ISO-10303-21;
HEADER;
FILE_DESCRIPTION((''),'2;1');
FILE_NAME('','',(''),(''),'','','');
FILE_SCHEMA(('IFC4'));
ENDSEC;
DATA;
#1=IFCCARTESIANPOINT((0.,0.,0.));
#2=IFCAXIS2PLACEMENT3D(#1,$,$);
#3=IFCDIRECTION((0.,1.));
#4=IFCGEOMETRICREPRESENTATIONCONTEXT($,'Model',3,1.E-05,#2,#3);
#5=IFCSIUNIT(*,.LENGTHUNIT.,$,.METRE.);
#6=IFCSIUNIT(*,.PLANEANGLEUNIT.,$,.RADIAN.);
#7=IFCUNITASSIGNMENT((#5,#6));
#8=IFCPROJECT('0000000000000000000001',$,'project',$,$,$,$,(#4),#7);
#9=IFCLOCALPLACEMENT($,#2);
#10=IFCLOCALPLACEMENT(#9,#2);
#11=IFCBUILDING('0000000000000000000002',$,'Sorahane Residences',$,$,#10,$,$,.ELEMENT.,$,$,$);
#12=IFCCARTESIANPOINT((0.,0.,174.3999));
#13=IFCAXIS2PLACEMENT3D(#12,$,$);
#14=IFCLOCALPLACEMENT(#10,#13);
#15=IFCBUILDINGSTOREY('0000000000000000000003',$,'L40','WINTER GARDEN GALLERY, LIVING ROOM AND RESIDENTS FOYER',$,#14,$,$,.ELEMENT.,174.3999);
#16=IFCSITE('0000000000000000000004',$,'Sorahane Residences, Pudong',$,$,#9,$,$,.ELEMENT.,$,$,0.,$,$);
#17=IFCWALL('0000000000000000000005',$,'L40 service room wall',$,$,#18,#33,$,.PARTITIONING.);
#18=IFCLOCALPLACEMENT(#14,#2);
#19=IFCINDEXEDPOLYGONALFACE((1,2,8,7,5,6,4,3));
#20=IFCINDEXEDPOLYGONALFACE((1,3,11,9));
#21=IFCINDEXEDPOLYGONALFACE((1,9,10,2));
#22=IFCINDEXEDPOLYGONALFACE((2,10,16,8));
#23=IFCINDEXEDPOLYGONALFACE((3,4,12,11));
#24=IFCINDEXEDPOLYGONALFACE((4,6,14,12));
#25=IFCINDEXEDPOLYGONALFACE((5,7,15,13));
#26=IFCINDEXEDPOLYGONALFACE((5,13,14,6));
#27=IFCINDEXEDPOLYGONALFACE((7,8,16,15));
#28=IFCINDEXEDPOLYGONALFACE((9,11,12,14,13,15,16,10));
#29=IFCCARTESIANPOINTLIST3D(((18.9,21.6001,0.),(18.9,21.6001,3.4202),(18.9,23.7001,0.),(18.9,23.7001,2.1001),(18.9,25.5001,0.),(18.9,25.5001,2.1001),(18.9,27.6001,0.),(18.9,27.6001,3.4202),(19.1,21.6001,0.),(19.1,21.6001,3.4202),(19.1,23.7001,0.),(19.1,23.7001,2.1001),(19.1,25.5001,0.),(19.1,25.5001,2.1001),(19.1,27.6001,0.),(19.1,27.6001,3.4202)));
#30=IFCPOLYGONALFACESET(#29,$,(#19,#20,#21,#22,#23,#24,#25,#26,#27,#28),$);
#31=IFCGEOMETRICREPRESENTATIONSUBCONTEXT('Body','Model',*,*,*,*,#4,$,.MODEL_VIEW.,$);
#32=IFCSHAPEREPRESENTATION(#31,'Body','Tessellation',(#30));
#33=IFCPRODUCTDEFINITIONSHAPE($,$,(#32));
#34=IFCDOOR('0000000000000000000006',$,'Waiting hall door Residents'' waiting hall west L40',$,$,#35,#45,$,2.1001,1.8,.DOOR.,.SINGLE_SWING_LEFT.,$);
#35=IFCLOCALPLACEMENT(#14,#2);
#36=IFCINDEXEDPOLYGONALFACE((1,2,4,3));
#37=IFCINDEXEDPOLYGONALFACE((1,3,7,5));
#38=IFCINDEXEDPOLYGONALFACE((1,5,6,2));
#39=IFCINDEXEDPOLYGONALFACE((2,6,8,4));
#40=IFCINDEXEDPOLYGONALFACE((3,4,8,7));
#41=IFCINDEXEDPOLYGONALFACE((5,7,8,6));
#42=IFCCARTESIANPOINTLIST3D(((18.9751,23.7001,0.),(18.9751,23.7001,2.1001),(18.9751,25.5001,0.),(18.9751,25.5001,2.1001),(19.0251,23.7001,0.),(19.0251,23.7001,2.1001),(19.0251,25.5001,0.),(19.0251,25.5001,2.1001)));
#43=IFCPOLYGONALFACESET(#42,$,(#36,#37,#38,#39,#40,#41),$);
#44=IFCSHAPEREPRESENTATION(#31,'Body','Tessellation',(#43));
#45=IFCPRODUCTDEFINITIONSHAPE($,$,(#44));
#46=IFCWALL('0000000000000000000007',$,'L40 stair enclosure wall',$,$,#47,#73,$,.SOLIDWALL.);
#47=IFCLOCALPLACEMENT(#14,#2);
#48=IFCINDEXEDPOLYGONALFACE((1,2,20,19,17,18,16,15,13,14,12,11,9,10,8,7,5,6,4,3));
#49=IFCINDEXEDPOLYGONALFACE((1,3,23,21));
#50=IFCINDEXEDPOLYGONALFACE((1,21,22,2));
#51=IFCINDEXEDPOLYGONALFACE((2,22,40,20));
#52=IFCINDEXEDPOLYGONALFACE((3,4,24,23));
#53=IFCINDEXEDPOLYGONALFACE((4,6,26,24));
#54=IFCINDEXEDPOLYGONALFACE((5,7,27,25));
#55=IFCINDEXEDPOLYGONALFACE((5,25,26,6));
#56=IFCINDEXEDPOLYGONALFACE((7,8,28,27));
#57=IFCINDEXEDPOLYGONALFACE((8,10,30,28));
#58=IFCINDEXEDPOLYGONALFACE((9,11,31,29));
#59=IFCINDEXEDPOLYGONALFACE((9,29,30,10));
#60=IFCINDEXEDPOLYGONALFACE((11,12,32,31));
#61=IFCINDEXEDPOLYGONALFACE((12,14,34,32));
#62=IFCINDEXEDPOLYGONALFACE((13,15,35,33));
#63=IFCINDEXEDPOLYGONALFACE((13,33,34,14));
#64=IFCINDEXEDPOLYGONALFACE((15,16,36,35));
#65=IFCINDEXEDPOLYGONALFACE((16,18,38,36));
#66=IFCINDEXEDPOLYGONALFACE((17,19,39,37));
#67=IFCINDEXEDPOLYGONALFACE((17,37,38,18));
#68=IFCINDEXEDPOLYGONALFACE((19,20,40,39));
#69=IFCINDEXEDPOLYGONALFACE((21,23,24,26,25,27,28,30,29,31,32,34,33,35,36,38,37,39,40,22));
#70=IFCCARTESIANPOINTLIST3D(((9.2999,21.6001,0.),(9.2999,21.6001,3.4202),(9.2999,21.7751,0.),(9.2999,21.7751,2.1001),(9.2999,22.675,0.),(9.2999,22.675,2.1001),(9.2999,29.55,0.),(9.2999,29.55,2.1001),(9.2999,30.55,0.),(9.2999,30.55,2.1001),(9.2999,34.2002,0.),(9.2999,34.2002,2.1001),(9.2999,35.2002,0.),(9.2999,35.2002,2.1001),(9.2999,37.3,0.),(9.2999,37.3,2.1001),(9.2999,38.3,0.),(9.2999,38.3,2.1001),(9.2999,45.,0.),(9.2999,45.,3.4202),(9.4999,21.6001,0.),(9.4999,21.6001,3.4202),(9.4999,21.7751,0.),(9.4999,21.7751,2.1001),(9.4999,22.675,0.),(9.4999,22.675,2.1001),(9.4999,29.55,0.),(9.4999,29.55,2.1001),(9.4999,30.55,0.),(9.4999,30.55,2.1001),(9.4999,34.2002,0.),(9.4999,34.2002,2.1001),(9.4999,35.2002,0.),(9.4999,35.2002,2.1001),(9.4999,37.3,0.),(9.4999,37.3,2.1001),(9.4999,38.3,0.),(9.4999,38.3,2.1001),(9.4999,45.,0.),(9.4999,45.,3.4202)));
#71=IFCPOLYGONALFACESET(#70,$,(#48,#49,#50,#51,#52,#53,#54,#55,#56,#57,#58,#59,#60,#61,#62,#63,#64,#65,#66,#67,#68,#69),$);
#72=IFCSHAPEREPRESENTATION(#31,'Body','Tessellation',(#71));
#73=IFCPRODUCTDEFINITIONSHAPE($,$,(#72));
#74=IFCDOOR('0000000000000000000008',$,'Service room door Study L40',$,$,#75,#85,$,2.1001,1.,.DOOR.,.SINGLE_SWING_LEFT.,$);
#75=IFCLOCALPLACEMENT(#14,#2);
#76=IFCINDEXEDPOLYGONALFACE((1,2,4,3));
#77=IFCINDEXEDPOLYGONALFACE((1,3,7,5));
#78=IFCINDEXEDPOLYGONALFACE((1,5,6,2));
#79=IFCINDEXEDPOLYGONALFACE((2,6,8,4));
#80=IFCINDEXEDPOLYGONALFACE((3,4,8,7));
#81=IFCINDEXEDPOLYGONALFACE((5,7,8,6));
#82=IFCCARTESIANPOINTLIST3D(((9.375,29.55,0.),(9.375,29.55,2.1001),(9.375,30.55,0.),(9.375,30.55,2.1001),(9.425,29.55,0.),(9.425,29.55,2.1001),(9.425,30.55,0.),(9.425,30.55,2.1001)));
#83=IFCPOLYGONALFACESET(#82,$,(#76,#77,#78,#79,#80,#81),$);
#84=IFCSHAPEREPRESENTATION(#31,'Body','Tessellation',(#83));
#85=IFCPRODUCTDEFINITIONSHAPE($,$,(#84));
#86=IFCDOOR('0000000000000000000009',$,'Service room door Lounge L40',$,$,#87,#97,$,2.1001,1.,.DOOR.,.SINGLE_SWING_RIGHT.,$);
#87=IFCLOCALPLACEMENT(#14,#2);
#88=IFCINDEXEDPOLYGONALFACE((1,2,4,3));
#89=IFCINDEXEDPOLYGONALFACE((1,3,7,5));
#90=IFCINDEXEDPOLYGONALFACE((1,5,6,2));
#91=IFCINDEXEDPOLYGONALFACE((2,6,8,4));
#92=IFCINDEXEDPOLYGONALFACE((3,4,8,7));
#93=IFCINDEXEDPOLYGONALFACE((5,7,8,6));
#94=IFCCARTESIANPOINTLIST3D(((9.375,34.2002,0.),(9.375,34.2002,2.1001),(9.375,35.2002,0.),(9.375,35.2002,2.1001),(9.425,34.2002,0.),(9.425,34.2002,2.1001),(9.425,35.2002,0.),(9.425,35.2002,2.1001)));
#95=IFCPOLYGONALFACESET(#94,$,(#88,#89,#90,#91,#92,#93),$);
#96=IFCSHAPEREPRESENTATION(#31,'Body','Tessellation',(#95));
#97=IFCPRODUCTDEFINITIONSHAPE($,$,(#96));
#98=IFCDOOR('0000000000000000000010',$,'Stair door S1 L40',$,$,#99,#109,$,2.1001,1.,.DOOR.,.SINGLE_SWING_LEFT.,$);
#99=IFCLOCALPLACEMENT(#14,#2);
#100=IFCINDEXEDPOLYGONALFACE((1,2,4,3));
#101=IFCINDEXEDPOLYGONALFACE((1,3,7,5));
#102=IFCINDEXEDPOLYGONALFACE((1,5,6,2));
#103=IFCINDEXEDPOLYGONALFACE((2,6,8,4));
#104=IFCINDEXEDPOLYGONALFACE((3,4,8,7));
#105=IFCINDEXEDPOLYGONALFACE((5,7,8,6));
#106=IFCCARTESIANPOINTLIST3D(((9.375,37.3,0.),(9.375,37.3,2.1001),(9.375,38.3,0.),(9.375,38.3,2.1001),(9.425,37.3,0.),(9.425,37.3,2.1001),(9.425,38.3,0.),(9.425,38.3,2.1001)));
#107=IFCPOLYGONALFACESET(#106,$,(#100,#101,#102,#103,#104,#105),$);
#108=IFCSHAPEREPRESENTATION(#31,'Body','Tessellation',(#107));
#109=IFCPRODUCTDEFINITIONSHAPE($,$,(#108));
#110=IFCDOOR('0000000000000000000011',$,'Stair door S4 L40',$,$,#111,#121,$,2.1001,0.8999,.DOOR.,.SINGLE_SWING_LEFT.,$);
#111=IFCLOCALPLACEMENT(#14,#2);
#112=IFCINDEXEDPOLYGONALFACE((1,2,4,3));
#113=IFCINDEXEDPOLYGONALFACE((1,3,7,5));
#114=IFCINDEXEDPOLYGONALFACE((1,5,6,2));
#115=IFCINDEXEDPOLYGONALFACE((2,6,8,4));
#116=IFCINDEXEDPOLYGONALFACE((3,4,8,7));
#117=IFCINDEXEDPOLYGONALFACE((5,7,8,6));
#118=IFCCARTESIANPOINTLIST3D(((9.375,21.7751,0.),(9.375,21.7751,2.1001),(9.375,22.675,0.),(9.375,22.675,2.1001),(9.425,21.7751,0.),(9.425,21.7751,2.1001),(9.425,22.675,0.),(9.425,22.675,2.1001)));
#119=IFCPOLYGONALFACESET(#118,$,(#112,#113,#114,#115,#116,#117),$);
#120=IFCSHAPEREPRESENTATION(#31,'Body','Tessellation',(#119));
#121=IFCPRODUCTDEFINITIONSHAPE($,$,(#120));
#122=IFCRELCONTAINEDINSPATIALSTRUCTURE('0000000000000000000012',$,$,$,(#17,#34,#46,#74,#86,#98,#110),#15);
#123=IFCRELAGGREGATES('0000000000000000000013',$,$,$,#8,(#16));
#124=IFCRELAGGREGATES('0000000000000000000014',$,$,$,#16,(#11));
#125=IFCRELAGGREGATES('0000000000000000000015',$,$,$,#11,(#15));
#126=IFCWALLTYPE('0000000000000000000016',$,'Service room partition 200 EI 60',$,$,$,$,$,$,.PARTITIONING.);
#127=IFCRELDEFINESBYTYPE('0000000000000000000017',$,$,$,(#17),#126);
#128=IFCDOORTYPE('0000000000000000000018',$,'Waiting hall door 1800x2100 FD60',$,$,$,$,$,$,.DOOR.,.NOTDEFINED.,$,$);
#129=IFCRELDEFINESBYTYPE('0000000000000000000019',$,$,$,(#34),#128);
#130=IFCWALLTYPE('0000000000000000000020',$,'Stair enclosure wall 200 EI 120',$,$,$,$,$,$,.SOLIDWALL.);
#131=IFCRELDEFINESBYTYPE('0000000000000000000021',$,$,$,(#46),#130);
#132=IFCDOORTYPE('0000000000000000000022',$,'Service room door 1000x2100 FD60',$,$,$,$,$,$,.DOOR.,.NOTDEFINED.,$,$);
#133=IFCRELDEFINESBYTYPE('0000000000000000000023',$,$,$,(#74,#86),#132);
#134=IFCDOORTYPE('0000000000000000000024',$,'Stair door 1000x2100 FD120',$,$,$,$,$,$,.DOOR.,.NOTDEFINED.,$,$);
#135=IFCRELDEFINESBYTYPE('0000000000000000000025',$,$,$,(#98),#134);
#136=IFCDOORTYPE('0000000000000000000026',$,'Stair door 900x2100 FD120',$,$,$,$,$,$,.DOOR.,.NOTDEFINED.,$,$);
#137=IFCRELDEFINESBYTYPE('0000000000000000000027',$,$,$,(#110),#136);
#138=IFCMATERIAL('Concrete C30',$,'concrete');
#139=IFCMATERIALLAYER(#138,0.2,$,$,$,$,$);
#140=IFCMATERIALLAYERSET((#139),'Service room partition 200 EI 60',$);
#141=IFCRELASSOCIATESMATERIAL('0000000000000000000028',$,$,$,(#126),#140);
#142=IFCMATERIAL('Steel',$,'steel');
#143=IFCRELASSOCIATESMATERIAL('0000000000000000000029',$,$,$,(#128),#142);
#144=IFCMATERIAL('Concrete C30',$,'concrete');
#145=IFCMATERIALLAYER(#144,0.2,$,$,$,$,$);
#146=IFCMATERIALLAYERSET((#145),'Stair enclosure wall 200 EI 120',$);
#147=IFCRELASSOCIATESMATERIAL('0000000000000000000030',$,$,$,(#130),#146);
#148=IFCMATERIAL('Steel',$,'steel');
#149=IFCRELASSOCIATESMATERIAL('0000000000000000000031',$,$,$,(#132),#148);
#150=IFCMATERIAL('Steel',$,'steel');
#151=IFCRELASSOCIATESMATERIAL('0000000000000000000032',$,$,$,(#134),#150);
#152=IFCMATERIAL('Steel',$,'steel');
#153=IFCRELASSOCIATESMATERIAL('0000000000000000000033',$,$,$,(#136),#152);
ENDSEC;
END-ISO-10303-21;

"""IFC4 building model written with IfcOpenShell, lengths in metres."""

from ifc_helpers import new_model, si_unit, direction, frame, frame_2d, origin, place, context, subcontext, project, spatial, rectangle, extrude, material, layer, layer_set, type_object, element, fill, save


model = new_model("IFC4")

# Units and contexts
model_context = context("Model", 3, precision=1e-05, world=origin(), true_north=direction((0.0, 1.0)))
body_context = subcontext(model_context, "Body", "Model", "MODEL_VIEW")
ifc_project = project(units=[si_unit("LENGTHUNIT", "METRE"), si_unit("PLANEANGLEUNIT", "RADIAN")], contexts=[model_context])

# Site, building, storey
site_placement = place(None, origin())
site = spatial("IfcSite", under=ifc_project, at=site_placement, Name="Sorahane Residences, Pudong", CompositionType="ELEMENT", RefElevation=0.0)
building_placement = place(site_placement, origin())
building = spatial("IfcBuilding", under=site, at=building_placement, Name="Sorahane Residences", CompositionType="ELEMENT")
storey_placement = place(building_placement, frame((0.0, 0.0, 174.3999)))
storey = spatial("IfcBuildingStorey", under=building, at=storey_placement, Name="L40", Description="WINTER GARDEN GALLERY, LIVING ROOM AND RESIDENTS FOYER", CompositionType="ELEMENT", Elevation=174.3999)

# Wall, opening, door
ifc_material_1 = material(Name="Concrete C30", Category="concrete")
ifc_layer_1 = layer(ifc_material_1, 0.2)
ifc_layer_set_1 = layer_set([ifc_layer_1], Name="Service room partition 200 EI 60")
wall_type_1 = type_object("IfcWallType", Name="Service room partition 200 EI 60", PredefinedType="PARTITIONING", material=ifc_layer_set_1)
wall_1_placement = place(storey_placement, frame((19.0, 21.6001, 0.0), z_axis=(0.0, 0.0, 1.0), x_axis=(0.0, 1.0, 0.0)))
wall_1 = element("IfcWall", 1, at=wall_1_placement, inside=storey, type_object=wall_type_1, Name="L40 service room wall", PredefinedType="PARTITIONING", context=body_context, shape_type="SweptSolid", body=[
    extrude(rectangle(XDim=6.0, YDim=0.2, at=frame_2d((3.0, 0.0))), origin(), (0.0, 0.0, 1.0), 3.4202),
])
opening_1_placement = place(wall_1_placement, frame((2.1001, 0.0, 0.0)))
opening_1 = element("IfcOpeningElement", 2, at=opening_1_placement, cuts=wall_1, PredefinedType="OPENING", context=body_context, shape_type="SweptSolid", body=[
    extrude(rectangle(XDim=1.8, YDim=2.1001, at=frame_2d((0.8999, 1.05))), frame((0.0, 0.1099, 0.0), z_axis=(0.0, -1.0, 0.0), x_axis=(1.0, 0.0, 0.0)), (0.0, 0.0, 1.0), 0.22),
])
ifc_material_2 = material(Name="Steel", Category="steel")
door_type_1 = type_object("IfcDoorType", Name="Waiting hall door 1800x2100 FD60", OperationType="NOTDEFINED", PredefinedType="DOOR", material=ifc_material_2)
door_1_placement = place(opening_1_placement, origin())
door_1 = element("IfcDoor", 3, at=door_1_placement, inside=storey, type_object=door_type_1, Name="Waiting hall door Residents' waiting hall west L40", OperationType="SINGLE_SWING_LEFT", OverallHeight=2.1001, OverallWidth=1.8, PredefinedType="DOOR", context=body_context, shape_type="SweptSolid", body=[
    extrude(rectangle(XDim=1.8, YDim=2.1001, at=frame_2d((0.8999, 1.05))), frame((0.0, 0.0249, 0.0), z_axis=(0.0, -1.0, 0.0), x_axis=(1.0, 0.0, 0.0)), (0.0, 0.0, 1.0), 0.05),
])
fill(opening_1, door_1)

# Wall, openings, doors
ifc_material_3 = material(Name="Concrete C30", Category="concrete")
ifc_layer_2 = layer(ifc_material_3, 0.2)
ifc_layer_set_2 = layer_set([ifc_layer_2], Name="Stair enclosure wall 200 EI 120")
wall_type_2 = type_object("IfcWallType", Name="Stair enclosure wall 200 EI 120", PredefinedType="SOLIDWALL", material=ifc_layer_set_2)
wall_2_placement = place(storey_placement, frame((9.3999, 21.6001, 0.0), z_axis=(0.0, 0.0, 1.0), x_axis=(0.0, 1.0, 0.0)))
wall_2 = element("IfcWall", 4, at=wall_2_placement, inside=storey, type_object=wall_type_2, Name="L40 stair enclosure wall", PredefinedType="SOLIDWALL", context=body_context, shape_type="SweptSolid", body=[
    extrude(rectangle(XDim=23.3999, YDim=0.2, at=frame_2d((11.7, 0.0))), origin(), (0.0, 0.0, 1.0), 3.4202),
])
opening_2_placement = place(wall_2_placement, frame((7.95, 0.0, 0.0)))
opening_2 = element("IfcOpeningElement", 5, at=opening_2_placement, cuts=wall_2, PredefinedType="OPENING", context=body_context, shape_type="SweptSolid", body=[
    extrude(rectangle(XDim=1.0, YDim=2.1001, at=frame_2d((0.5, 1.05))), frame((0.0, 0.1099, 0.0), z_axis=(0.0, -1.0, 0.0), x_axis=(1.0, 0.0, 0.0)), (0.0, 0.0, 1.0), 0.22),
])
opening_3_placement = place(wall_2_placement, frame((12.6001, 0.0, 0.0)))
opening_3 = element("IfcOpeningElement", 6, at=opening_3_placement, cuts=wall_2, PredefinedType="OPENING", context=body_context, shape_type="SweptSolid", body=[
    extrude(rectangle(XDim=1.0, YDim=2.1001, at=frame_2d((0.5, 1.05))), frame((0.0, 0.1099, 0.0), z_axis=(0.0, -1.0, 0.0), x_axis=(1.0, 0.0, 0.0)), (0.0, 0.0, 1.0), 0.22),
])
opening_4_placement = place(wall_2_placement, frame((15.7, 0.0, 0.0)))
opening_4 = element("IfcOpeningElement", 7, at=opening_4_placement, cuts=wall_2, PredefinedType="OPENING", context=body_context, shape_type="SweptSolid", body=[
    extrude(rectangle(XDim=1.0, YDim=2.1001, at=frame_2d((0.5, 1.05))), frame((0.0, 0.1099, 0.0), z_axis=(0.0, -1.0, 0.0), x_axis=(1.0, 0.0, 0.0)), (0.0, 0.0, 1.0), 0.22),
])
opening_5_placement = place(wall_2_placement, frame((0.175, 0.0, 0.0)))
opening_5 = element("IfcOpeningElement", 8, at=opening_5_placement, cuts=wall_2, PredefinedType="OPENING", context=body_context, shape_type="SweptSolid", body=[
    extrude(rectangle(XDim=0.8999, YDim=2.1001, at=frame_2d((0.45, 1.05))), frame((0.0, 0.1099, 0.0), z_axis=(0.0, -1.0, 0.0), x_axis=(1.0, 0.0, 0.0)), (0.0, 0.0, 1.0), 0.22),
])
ifc_material_4 = material(Name="Steel", Category="steel")
door_type_2 = type_object("IfcDoorType", Name="Service room door 1000x2100 FD60", OperationType="NOTDEFINED", PredefinedType="DOOR", material=ifc_material_4)
door_2_placement = place(opening_2_placement, origin())
door_2 = element("IfcDoor", 9, at=door_2_placement, inside=storey, type_object=door_type_2, Name="Service room door Study L40", OperationType="SINGLE_SWING_LEFT", OverallHeight=2.1001, OverallWidth=1.0, PredefinedType="DOOR", context=body_context, shape_type="SweptSolid", body=[
    extrude(rectangle(XDim=1.0, YDim=2.1001, at=frame_2d((0.5, 1.05))), frame((0.0, 0.0249, 0.0), z_axis=(0.0, -1.0, 0.0), x_axis=(1.0, 0.0, 0.0)), (0.0, 0.0, 1.0), 0.05),
])
fill(opening_2, door_2)
door_3_placement = place(opening_3_placement, origin())
door_3 = element("IfcDoor", 10, at=door_3_placement, inside=storey, type_object=door_type_2, Name="Service room door Lounge L40", OperationType="SINGLE_SWING_RIGHT", OverallHeight=2.1001, OverallWidth=1.0, PredefinedType="DOOR", context=body_context, shape_type="SweptSolid", body=[
    extrude(rectangle(XDim=1.0, YDim=2.1001, at=frame_2d((0.5, 1.05))), frame((0.0, 0.0249, 0.0), z_axis=(0.0, -1.0, 0.0), x_axis=(1.0, 0.0, 0.0)), (0.0, 0.0, 1.0), 0.05),
])
fill(opening_3, door_3)
ifc_material_5 = material(Name="Steel", Category="steel")
door_type_3 = type_object("IfcDoorType", Name="Stair door 1000x2100 FD120", OperationType="NOTDEFINED", PredefinedType="DOOR", material=ifc_material_5)
door_4_placement = place(opening_4_placement, origin())
door_4 = element("IfcDoor", 11, at=door_4_placement, inside=storey, type_object=door_type_3, Name="Stair door S1 L40", OperationType="SINGLE_SWING_LEFT", OverallHeight=2.1001, OverallWidth=1.0, PredefinedType="DOOR", context=body_context, shape_type="SweptSolid", body=[
    extrude(rectangle(XDim=1.0, YDim=2.1001, at=frame_2d((0.5, 1.05))), frame((0.0, 0.0249, 0.0), z_axis=(0.0, -1.0, 0.0), x_axis=(1.0, 0.0, 0.0)), (0.0, 0.0, 1.0), 0.05),
])
fill(opening_4, door_4)
ifc_material_6 = material(Name="Steel", Category="steel")
door_type_4 = type_object("IfcDoorType", Name="Stair door 900x2100 FD120", OperationType="NOTDEFINED", PredefinedType="DOOR", material=ifc_material_6)
door_5_placement = place(opening_5_placement, origin())
door_5 = element("IfcDoor", 12, at=door_5_placement, inside=storey, type_object=door_type_4, Name="Stair door S4 L40", OperationType="SINGLE_SWING_LEFT", OverallHeight=2.1001, OverallWidth=0.8999, PredefinedType="DOOR", context=body_context, shape_type="SweptSolid", body=[
    extrude(rectangle(XDim=0.8999, YDim=2.1001, at=frame_2d((0.45, 1.05))), frame((0.0, 0.0249, 0.0), z_axis=(0.0, -1.0, 0.0), x_axis=(1.0, 0.0, 0.0)), (0.0, 0.0, 1.0), 0.05),
])
fill(opening_5, door_5)

save(model, "model.ifc")
